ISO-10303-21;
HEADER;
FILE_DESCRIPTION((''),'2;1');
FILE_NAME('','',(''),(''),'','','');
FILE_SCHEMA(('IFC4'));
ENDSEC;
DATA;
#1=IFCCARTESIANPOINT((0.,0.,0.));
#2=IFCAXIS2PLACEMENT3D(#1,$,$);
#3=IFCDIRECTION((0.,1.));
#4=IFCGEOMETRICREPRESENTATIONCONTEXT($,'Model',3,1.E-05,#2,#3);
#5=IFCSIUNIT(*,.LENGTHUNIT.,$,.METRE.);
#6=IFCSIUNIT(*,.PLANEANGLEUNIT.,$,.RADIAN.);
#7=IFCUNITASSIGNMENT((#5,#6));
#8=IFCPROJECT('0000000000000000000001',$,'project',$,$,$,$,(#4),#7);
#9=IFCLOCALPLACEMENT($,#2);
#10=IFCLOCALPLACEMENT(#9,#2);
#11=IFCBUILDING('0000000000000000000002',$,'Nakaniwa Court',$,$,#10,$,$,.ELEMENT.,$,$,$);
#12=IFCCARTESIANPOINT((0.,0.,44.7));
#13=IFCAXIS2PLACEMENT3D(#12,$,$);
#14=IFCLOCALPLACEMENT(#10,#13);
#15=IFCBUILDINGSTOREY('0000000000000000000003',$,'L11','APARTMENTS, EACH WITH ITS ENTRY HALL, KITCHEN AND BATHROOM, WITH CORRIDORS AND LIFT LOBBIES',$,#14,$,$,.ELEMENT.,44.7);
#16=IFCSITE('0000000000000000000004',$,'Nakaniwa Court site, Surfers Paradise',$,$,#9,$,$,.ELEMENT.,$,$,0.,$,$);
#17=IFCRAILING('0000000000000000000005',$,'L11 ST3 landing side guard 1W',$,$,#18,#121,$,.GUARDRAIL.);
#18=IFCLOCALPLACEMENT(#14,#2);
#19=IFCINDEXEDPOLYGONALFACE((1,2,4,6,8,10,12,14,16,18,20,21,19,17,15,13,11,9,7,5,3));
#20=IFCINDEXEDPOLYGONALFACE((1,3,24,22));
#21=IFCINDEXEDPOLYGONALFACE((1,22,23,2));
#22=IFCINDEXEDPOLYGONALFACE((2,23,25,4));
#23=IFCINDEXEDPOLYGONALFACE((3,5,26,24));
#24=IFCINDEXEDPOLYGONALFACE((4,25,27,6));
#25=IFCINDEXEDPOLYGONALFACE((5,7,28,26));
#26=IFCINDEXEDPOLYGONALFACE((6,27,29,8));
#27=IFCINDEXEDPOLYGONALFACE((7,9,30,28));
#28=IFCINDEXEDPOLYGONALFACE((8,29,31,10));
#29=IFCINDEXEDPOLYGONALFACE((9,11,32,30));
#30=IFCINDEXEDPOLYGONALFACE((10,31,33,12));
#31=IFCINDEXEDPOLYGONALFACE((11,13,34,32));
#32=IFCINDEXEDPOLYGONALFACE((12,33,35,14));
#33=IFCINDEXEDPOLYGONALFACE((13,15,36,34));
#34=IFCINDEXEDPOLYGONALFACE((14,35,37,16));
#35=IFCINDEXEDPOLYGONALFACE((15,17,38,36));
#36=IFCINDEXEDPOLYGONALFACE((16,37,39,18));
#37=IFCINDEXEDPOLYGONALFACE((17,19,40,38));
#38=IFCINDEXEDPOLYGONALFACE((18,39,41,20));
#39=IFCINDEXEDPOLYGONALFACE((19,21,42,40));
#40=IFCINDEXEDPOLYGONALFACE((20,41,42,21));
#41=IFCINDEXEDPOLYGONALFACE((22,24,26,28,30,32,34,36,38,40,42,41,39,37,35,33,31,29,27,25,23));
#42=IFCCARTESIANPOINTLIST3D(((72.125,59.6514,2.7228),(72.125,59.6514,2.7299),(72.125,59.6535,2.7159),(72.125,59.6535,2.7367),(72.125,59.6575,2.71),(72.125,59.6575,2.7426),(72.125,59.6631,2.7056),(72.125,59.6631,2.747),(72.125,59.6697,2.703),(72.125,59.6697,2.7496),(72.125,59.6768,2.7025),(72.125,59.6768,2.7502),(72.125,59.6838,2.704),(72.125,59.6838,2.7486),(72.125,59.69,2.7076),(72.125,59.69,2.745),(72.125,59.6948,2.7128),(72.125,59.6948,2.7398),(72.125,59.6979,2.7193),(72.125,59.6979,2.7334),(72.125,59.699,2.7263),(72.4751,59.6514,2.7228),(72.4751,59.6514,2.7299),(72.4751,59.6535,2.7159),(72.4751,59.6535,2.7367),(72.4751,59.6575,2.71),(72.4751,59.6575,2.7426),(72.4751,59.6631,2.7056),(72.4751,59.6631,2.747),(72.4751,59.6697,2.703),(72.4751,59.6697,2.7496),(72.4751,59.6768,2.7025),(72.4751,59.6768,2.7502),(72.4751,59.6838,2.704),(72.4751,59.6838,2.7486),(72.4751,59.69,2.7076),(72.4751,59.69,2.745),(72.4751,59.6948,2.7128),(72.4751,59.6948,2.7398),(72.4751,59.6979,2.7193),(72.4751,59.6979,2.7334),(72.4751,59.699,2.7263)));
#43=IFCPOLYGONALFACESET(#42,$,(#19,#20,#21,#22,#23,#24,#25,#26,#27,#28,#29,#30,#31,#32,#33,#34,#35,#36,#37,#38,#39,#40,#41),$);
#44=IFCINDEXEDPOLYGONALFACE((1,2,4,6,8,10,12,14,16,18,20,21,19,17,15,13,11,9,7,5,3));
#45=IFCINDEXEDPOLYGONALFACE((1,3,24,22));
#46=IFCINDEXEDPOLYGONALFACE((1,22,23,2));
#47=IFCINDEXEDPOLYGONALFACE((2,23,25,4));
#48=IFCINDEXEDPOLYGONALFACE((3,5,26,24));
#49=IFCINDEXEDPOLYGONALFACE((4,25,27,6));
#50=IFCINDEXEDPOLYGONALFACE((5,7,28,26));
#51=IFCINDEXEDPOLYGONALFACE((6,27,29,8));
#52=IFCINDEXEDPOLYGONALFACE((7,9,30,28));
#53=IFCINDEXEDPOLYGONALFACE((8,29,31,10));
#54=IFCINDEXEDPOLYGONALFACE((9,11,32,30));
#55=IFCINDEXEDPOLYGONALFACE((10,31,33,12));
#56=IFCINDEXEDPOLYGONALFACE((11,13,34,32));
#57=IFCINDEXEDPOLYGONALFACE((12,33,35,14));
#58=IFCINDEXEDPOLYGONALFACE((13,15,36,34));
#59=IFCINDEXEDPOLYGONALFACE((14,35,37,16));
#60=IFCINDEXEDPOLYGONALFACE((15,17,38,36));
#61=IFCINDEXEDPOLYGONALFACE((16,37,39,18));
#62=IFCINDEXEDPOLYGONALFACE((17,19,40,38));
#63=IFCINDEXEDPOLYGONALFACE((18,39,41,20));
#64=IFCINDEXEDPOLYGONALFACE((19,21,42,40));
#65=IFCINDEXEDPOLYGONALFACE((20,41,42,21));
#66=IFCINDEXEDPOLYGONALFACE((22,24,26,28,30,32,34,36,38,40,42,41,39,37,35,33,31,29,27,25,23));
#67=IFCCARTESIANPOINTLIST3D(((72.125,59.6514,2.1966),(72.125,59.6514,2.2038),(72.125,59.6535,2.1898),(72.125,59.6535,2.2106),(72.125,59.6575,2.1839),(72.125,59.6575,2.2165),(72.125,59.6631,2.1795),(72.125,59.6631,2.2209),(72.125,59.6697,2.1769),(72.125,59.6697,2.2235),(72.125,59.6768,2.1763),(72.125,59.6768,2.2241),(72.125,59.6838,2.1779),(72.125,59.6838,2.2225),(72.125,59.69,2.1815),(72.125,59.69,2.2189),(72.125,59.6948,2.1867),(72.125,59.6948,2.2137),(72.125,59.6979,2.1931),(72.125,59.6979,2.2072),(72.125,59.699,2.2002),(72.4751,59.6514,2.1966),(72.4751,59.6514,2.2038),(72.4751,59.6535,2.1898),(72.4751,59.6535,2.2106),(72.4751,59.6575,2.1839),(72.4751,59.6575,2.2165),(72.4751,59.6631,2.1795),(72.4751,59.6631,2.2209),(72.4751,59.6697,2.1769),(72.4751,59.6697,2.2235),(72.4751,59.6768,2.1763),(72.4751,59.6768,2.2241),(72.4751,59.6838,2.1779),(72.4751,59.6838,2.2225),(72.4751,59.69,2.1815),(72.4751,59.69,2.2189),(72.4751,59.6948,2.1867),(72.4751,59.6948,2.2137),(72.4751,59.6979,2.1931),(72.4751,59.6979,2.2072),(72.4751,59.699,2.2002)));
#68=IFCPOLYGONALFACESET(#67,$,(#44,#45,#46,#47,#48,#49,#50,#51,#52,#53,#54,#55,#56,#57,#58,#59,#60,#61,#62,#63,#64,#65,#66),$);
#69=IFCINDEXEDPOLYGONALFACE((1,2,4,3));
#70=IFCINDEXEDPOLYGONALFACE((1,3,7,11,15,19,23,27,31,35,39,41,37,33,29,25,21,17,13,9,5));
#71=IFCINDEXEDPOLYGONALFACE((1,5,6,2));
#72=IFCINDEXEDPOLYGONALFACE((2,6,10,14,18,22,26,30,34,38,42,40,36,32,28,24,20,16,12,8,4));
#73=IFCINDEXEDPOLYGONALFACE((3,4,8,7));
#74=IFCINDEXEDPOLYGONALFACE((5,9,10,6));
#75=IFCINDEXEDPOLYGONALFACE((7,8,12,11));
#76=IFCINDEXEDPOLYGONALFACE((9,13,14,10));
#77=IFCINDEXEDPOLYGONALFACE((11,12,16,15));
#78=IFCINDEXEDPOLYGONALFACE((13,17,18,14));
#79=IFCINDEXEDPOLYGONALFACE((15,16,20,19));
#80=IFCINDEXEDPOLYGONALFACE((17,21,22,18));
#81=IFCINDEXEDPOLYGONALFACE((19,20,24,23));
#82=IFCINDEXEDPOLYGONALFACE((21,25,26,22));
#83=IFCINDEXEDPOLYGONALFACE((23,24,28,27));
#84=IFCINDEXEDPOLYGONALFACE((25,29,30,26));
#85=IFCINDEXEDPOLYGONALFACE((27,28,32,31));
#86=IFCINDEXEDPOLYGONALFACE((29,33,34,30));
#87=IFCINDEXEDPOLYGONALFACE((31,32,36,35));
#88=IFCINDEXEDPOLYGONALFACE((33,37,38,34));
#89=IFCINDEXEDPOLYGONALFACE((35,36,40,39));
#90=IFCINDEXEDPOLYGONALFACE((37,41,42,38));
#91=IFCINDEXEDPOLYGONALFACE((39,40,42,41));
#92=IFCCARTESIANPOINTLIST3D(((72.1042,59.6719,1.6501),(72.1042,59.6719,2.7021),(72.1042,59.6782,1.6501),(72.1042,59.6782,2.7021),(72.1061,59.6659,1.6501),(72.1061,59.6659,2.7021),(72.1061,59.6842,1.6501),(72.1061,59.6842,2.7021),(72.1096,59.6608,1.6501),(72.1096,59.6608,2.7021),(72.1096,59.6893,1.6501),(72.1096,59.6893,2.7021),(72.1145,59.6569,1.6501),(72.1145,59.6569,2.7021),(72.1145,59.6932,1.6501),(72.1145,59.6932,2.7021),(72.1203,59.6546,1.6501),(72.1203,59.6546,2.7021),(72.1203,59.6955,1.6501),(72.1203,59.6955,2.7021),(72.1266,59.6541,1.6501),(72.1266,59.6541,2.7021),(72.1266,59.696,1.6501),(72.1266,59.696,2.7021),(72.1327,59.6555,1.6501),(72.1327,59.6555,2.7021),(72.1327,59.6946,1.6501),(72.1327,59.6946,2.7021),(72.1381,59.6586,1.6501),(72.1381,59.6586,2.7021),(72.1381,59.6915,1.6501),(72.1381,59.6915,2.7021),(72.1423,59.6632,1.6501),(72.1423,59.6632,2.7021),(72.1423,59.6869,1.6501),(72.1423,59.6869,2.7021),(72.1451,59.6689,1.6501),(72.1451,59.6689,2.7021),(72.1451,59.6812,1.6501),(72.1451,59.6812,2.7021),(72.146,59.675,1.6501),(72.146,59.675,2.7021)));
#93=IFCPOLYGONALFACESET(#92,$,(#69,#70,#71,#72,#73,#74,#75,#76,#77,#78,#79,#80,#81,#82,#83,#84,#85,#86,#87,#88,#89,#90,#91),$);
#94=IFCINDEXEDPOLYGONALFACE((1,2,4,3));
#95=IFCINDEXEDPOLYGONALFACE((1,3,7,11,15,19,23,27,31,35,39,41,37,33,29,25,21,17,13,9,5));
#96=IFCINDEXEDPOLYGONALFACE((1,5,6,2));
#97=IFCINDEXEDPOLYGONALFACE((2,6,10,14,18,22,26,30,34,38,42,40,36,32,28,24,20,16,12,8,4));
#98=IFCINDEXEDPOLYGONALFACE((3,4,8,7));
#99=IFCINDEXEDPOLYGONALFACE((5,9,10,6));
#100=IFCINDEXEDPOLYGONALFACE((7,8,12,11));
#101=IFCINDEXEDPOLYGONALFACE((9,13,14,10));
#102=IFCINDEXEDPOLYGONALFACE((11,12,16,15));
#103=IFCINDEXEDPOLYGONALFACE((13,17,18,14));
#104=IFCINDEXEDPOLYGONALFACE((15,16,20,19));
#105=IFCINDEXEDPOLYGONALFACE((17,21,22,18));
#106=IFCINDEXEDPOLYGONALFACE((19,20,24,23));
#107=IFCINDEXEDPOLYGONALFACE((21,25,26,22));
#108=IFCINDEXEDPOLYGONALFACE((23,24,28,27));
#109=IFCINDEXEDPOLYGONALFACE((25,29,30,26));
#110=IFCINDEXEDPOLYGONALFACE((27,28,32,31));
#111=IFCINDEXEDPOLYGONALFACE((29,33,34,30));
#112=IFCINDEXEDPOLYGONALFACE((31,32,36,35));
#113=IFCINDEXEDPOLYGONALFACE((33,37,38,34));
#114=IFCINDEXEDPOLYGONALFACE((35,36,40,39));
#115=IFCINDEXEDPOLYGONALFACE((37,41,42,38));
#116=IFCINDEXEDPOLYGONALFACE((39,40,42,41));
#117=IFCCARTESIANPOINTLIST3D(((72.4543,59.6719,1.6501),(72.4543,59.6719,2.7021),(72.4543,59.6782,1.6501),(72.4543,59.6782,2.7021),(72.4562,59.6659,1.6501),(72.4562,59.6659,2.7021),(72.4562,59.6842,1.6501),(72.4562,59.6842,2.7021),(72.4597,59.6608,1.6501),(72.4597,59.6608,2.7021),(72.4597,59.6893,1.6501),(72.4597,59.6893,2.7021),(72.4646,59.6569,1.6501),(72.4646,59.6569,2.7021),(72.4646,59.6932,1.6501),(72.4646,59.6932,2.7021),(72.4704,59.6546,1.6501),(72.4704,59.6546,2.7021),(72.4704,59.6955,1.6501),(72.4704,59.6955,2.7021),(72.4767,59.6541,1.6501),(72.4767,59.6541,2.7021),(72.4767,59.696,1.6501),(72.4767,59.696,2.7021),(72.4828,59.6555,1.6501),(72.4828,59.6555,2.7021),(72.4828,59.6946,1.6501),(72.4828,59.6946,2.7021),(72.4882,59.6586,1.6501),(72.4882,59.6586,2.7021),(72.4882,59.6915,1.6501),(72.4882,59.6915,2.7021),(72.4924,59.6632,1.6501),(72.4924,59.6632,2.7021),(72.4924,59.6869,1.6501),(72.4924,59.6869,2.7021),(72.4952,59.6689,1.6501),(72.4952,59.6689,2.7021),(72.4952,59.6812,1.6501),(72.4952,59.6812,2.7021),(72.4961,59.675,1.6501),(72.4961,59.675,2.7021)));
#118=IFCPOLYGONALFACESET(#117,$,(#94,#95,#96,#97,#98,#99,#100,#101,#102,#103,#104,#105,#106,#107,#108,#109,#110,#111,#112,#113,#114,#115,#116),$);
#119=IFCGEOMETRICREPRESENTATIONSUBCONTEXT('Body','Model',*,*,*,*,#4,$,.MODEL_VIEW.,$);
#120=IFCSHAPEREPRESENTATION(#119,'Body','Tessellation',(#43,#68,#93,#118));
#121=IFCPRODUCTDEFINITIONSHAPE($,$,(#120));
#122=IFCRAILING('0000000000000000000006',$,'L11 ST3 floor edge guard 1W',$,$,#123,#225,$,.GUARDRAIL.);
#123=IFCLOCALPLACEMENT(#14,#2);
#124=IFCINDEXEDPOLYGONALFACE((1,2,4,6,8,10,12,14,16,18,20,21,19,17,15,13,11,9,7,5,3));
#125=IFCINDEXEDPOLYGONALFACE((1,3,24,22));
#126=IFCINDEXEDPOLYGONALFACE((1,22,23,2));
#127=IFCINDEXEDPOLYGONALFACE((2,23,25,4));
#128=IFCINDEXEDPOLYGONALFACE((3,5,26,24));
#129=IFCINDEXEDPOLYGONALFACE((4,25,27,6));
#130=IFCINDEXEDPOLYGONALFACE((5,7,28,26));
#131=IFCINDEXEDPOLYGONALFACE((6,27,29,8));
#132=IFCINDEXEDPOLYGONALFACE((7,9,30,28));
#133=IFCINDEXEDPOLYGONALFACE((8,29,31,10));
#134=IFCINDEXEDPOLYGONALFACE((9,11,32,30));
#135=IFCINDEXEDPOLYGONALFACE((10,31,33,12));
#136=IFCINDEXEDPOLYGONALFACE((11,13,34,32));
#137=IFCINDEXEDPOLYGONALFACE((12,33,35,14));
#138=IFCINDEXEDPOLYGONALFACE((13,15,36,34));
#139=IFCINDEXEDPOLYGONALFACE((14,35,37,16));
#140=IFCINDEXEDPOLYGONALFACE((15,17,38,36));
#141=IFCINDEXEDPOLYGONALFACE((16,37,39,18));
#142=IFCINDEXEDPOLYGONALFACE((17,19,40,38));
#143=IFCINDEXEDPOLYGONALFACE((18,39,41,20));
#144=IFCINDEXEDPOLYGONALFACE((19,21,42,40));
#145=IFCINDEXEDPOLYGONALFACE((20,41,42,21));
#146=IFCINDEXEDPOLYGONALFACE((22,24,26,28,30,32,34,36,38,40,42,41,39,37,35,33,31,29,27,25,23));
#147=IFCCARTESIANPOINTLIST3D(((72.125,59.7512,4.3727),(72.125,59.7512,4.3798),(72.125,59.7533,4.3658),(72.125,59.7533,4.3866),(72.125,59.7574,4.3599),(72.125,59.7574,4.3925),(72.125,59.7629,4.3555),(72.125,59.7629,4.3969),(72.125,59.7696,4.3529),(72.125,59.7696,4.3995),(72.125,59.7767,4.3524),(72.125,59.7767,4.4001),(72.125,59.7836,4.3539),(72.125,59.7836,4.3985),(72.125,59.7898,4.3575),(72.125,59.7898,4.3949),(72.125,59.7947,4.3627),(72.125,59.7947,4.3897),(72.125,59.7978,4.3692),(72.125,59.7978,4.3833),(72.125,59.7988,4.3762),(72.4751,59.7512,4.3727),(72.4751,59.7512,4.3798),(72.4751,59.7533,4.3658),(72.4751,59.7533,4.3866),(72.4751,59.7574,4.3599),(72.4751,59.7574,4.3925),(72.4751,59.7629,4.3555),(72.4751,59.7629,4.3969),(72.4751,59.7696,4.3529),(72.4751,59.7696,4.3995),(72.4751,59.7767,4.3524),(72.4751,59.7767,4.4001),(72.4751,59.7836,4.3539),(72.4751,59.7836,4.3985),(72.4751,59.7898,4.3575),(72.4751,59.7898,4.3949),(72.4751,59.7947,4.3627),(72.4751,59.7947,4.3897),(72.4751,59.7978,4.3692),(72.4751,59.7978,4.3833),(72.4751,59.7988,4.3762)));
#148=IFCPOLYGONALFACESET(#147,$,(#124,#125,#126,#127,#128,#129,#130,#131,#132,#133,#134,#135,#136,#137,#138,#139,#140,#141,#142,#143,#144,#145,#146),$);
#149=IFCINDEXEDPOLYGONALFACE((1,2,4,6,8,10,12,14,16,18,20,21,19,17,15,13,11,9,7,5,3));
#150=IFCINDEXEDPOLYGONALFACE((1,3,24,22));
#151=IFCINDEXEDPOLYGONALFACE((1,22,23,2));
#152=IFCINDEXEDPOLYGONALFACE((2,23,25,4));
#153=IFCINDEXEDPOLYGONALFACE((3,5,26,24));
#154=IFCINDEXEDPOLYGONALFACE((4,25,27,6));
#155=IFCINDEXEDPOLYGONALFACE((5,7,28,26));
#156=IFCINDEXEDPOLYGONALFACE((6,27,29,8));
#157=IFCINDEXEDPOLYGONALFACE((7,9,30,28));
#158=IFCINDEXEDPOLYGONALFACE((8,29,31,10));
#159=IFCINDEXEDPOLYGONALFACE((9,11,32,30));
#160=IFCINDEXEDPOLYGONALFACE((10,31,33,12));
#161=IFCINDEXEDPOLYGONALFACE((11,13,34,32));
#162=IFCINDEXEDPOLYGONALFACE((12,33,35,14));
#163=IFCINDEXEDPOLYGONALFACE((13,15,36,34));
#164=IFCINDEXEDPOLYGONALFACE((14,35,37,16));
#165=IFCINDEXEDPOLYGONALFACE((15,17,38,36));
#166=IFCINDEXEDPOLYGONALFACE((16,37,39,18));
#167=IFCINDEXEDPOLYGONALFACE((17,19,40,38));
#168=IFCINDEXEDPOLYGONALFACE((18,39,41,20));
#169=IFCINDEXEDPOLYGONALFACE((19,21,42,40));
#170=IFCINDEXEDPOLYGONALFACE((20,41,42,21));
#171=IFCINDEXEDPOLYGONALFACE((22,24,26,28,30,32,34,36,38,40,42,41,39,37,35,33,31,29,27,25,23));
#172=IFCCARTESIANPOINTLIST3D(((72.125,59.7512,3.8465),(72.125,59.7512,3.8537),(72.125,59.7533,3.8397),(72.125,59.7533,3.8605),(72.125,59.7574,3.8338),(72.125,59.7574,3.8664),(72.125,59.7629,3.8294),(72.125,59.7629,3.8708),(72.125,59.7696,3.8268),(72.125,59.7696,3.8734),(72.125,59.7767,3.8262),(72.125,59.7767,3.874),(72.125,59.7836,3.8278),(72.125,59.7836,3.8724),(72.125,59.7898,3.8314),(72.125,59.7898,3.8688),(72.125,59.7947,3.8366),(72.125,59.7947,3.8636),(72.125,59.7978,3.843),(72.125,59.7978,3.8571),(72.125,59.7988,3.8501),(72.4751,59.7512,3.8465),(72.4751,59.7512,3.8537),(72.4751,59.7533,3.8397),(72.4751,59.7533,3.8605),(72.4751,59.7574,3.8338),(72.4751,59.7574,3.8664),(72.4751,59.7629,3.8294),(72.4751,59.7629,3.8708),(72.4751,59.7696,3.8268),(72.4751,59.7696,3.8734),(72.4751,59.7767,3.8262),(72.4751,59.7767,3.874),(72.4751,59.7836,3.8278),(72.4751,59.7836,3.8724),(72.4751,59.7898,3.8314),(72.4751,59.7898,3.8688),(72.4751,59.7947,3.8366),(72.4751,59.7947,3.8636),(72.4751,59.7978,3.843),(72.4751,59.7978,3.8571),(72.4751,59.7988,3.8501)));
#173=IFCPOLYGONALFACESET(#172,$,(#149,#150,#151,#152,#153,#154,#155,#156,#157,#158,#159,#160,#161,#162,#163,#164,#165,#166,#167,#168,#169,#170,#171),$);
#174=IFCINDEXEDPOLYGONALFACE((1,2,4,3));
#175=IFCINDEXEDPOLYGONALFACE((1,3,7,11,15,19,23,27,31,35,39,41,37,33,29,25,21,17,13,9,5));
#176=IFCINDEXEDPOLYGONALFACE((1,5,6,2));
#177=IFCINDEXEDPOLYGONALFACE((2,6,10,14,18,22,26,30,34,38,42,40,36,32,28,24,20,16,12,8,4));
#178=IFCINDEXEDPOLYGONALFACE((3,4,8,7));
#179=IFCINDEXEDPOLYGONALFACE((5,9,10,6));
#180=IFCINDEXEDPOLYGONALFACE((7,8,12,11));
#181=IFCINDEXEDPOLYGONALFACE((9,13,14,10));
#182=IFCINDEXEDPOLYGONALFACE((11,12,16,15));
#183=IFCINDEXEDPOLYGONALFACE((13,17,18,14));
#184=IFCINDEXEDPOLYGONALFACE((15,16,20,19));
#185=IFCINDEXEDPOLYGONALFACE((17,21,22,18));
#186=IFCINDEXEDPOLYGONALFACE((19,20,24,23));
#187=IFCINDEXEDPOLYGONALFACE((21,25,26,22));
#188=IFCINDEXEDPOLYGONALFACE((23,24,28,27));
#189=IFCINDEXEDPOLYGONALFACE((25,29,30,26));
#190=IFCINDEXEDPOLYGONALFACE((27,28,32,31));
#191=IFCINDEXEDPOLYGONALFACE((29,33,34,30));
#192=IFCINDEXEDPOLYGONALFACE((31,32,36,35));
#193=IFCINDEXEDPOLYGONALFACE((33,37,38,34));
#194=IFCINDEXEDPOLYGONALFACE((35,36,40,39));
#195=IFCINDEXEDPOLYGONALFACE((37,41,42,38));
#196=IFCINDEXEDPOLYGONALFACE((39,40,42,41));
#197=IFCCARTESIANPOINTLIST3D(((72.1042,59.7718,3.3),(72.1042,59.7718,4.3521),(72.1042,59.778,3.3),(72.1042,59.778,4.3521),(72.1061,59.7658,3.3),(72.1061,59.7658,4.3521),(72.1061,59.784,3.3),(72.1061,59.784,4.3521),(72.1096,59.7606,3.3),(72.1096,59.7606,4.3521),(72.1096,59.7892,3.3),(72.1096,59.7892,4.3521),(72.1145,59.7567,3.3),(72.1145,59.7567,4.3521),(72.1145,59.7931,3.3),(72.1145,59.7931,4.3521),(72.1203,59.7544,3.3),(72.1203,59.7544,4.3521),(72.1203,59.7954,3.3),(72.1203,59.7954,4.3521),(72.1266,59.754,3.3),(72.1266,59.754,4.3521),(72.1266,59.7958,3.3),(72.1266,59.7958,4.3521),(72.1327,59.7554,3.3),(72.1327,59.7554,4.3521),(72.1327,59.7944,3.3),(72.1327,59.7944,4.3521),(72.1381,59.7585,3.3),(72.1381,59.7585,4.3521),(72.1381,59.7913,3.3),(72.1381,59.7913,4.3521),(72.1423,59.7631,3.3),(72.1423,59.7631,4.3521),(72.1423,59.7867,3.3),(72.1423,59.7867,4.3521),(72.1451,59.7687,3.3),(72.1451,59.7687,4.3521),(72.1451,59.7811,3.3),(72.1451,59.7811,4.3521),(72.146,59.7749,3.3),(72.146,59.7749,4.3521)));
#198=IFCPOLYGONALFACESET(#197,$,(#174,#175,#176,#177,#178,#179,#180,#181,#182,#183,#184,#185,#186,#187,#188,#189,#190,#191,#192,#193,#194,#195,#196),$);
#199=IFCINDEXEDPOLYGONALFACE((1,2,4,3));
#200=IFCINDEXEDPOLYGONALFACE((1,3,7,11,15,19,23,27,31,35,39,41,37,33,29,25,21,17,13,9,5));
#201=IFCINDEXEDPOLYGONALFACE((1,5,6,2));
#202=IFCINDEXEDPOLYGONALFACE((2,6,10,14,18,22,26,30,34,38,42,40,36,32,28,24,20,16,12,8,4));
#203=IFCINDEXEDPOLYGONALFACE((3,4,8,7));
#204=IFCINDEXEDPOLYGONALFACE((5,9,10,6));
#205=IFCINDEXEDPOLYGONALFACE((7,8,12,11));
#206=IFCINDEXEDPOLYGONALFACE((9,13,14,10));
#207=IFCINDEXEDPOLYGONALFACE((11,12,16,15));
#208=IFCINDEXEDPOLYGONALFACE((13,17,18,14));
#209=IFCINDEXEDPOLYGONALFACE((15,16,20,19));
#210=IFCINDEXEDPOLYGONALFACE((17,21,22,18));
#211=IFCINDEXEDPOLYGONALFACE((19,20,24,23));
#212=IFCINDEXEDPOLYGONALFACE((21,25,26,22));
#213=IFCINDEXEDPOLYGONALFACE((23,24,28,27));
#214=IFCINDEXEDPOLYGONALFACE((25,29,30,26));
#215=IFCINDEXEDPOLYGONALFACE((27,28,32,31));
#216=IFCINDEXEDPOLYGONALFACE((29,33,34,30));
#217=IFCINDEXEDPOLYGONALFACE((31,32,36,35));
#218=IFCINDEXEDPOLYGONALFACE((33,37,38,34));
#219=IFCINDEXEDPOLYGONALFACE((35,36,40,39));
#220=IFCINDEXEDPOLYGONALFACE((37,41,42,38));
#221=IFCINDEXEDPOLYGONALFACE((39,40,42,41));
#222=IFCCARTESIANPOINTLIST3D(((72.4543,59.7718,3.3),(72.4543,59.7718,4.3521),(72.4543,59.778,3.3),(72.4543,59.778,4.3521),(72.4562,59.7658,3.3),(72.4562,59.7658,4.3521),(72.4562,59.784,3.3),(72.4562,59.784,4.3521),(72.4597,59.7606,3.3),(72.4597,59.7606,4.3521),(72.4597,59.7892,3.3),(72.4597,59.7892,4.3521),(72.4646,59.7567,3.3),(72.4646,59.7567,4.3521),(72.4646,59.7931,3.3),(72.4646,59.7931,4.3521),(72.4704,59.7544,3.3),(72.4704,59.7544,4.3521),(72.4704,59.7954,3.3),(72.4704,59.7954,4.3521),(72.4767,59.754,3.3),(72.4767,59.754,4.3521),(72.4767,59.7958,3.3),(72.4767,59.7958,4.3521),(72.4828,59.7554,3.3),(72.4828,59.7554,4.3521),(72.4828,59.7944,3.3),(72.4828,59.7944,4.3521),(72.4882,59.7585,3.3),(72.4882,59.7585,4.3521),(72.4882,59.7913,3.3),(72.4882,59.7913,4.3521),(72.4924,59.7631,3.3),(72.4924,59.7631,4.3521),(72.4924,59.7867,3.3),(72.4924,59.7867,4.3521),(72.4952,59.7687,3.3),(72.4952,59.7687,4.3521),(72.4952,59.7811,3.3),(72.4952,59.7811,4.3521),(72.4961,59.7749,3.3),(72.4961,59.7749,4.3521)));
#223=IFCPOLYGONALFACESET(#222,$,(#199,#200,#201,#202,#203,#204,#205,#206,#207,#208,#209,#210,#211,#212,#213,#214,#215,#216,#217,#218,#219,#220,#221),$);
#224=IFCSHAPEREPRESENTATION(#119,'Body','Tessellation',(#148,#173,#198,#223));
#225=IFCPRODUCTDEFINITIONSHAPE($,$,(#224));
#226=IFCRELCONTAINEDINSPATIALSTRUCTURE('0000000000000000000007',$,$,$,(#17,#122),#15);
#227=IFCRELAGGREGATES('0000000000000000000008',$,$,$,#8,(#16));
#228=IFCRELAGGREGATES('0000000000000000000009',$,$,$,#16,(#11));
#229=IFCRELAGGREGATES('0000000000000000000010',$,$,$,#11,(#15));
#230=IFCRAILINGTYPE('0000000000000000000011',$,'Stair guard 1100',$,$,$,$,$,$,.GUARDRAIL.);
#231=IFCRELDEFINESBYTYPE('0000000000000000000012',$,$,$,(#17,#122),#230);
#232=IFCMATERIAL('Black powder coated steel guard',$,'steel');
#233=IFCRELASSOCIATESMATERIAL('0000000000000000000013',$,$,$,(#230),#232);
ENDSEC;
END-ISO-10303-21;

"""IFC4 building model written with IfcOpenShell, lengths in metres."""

from ifc_helpers import new_model, si_unit, direction, frame, origin, origin_2d, place, context, subcontext, project, spatial, circle, extrude, material, type_object, element, save


model = new_model("IFC4")

# Units and contexts
model_context = context("Model", 3, precision=1e-05, world=origin(), true_north=direction((0.0, 1.0)))
body_context = subcontext(model_context, "Body", "Model", "MODEL_VIEW")
ifc_project = project(units=[si_unit("LENGTHUNIT", "METRE"), si_unit("PLANEANGLEUNIT", "RADIAN")], contexts=[model_context])

# Site, building, storey
site_placement = place(None, origin())
site = spatial("IfcSite", under=ifc_project, at=site_placement, Name="Nakaniwa Court site, Surfers Paradise", CompositionType="ELEMENT", RefElevation=0.0)
building_placement = place(site_placement, origin())
building = spatial("IfcBuilding", under=site, at=building_placement, Name="Nakaniwa Court", CompositionType="ELEMENT")
storey_placement = place(building_placement, frame((0.0, 0.0, 44.7)))
storey = spatial("IfcBuildingStorey", under=building, at=storey_placement, Name="L11", Description="APARTMENTS, EACH WITH ITS ENTRY HALL, KITCHEN AND BATHROOM, WITH CORRIDORS AND LIFT LOBBIES", CompositionType="ELEMENT", Elevation=44.7)

# Railings
ifc_material_1 = material(Name="Black powder coated steel guard", Category="steel")
railing_type_1 = type_object("IfcRailingType", Name="Stair guard 1100", PredefinedType="GUARDRAIL", material=ifc_material_1)
for number, where, name in (
    (1, (72.125, 59.675, 1.6501), "L11 ST3 landing side guard 1W"),
    (2, (72.125, 59.7749, 3.3), "L11 ST3 floor edge guard 1W"),
):
    element("IfcRailing", number, at=place(storey_placement, frame(where)), inside=storey, type_object=railing_type_1, Name=name, PredefinedType="GUARDRAIL", context=body_context, shape_type="SweptSolid", body=[
        extrude(circle(Radius=0.0239, at=origin_2d()), frame((0.0, 0.0, 1.0762), z_axis=(1.0, 0.0, 0.0), x_axis=(0.0, 1.0, 0.0)), (0.0, 0.0, 1.0), 0.3501),
        extrude(circle(Radius=0.0239, at=origin_2d()), frame((0.0, 0.0, 0.55), z_axis=(1.0, 0.0, 0.0), x_axis=(0.0, 1.0, 0.0)), (0.0, 0.0, 1.0), 0.3501),
        extrude(circle(Radius=0.021, at=origin_2d()), origin(), (0.0, 0.0, 1.0), 1.052),
        extrude(circle(Radius=0.021, at=origin_2d()), frame((0.3501, 0.0, 0.0)), (0.0, 0.0, 1.0), 1.052),
    ])

save(model, "model.ifc")
